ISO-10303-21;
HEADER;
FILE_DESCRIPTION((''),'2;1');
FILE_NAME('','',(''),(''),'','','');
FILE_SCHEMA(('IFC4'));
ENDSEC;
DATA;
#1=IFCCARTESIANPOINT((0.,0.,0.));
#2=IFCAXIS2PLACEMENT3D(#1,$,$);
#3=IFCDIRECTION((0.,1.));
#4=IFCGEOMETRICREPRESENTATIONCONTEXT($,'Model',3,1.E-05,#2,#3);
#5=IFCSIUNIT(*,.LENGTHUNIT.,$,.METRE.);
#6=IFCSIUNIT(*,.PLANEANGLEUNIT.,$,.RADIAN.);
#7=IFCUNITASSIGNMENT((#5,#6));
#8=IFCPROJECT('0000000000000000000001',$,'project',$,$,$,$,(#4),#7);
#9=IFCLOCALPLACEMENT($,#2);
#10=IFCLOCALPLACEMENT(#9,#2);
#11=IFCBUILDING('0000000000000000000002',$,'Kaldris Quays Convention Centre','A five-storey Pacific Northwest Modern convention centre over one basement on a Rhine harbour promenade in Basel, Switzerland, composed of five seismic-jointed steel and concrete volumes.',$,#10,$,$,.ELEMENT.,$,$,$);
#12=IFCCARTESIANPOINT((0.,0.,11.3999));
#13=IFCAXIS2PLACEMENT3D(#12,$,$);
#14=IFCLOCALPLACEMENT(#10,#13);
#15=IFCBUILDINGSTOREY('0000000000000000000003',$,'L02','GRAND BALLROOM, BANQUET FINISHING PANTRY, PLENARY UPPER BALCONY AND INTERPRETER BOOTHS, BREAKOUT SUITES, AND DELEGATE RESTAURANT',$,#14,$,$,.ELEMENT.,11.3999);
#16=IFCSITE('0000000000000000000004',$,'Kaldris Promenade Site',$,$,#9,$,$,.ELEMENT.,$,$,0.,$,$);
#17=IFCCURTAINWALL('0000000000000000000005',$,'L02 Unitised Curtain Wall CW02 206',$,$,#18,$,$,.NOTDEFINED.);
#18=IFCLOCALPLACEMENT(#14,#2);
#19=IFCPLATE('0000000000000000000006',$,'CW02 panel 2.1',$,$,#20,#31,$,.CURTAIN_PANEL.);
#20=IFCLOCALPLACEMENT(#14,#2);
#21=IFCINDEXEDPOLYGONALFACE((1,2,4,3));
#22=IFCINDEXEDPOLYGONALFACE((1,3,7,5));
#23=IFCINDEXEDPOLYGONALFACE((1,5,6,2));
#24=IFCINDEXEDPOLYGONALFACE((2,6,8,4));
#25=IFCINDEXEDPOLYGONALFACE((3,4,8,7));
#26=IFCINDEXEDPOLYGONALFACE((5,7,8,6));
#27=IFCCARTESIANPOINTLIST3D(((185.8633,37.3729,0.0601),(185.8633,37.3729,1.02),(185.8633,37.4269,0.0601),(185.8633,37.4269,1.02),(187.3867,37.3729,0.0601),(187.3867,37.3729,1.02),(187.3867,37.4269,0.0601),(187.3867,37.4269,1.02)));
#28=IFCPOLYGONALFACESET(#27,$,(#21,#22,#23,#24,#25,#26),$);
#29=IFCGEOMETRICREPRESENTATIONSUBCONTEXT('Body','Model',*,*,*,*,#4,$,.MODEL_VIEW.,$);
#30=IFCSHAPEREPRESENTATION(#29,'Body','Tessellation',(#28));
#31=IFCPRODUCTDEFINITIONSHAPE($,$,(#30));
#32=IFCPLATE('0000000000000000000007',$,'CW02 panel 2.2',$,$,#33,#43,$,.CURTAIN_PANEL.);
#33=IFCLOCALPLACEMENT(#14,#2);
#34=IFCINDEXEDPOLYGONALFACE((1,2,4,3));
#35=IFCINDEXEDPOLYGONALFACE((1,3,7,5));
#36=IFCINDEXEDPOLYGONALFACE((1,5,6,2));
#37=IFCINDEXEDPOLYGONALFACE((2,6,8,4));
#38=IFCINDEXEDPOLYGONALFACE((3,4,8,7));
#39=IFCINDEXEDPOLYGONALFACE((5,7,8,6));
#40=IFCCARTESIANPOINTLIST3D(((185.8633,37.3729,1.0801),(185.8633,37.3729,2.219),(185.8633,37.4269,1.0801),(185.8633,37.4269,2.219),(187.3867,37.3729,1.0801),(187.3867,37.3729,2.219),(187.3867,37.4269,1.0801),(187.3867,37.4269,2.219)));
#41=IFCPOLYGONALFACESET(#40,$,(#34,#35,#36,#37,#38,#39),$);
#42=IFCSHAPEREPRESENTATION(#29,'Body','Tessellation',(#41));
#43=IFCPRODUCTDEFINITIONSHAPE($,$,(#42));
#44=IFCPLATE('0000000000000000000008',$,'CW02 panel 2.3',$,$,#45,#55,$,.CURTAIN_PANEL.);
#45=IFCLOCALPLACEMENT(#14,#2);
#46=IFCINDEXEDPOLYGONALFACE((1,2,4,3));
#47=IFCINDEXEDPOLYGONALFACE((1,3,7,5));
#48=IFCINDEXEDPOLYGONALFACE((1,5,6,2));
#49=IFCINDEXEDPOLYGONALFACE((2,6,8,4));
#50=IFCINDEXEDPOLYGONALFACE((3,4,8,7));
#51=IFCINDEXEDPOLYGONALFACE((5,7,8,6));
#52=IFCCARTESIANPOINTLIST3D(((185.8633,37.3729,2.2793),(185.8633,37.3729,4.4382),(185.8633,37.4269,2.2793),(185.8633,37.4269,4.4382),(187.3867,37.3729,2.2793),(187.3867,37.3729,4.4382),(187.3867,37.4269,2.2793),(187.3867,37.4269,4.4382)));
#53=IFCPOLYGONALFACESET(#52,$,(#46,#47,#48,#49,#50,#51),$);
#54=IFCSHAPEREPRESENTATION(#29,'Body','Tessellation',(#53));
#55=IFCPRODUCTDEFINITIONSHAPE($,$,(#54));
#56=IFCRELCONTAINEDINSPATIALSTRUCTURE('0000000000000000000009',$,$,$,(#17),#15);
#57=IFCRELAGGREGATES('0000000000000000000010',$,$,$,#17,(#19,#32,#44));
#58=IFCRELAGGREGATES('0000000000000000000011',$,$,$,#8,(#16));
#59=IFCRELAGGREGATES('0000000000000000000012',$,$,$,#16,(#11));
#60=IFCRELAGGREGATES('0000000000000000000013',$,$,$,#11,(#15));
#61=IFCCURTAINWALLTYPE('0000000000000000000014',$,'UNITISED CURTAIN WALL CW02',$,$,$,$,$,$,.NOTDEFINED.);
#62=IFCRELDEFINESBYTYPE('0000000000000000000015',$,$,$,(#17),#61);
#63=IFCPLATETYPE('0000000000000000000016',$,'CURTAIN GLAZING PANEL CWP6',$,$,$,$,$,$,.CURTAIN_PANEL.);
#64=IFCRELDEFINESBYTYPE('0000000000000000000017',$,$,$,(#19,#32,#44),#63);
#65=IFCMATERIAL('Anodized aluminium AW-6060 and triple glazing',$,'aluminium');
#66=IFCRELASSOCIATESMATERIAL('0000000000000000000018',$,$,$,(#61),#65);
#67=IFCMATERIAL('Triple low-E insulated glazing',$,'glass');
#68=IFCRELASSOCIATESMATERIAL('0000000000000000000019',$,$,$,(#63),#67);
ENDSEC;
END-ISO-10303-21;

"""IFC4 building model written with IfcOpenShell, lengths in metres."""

from ifc_helpers import new_model, si_unit, direction, frame, origin, origin_2d, place, context, subcontext, project, spatial, rectangle, extrude, material, type_object, element, aggregate, save


model = new_model("IFC4")

# Units and contexts
model_context = context("Model", 3, precision=1e-05, world=origin(), true_north=direction((0.0, 1.0)))
body_context = subcontext(model_context, "Body", "Model", "MODEL_VIEW")
ifc_project = project(units=[si_unit("LENGTHUNIT", "METRE"), si_unit("PLANEANGLEUNIT", "RADIAN")], contexts=[model_context])

# Site, building, storey
site_placement = place(None, origin())
site = spatial("IfcSite", under=ifc_project, at=site_placement, Name="Kaldris Promenade Site", CompositionType="ELEMENT", RefElevation=0.0)
building_placement = place(site_placement, origin())
building = spatial("IfcBuilding", under=site, at=building_placement, Name="Kaldris Quays Convention Centre", Description="A five-storey Pacific Northwest Modern convention centre over one basement on a Rhine harbour promenade in Basel, Switzerland, composed of five seismic-jointed steel and concrete volumes.", CompositionType="ELEMENT")
storey_placement = place(building_placement, frame((0.0, 0.0, 11.3999)))
storey = spatial("IfcBuildingStorey", under=building, at=storey_placement, Name="L02", Description="GRAND BALLROOM, BANQUET FINISHING PANTRY, PLENARY UPPER BALCONY AND INTERPRETER BOOTHS, BREAKOUT SUITES, AND DELEGATE RESTAURANT", CompositionType="ELEMENT", Elevation=11.3999)

# Curtain wall
ifc_material_1 = material(Name="Anodized aluminium AW-6060 and triple glazing", Category="aluminium")
curtain_wall_type = type_object("IfcCurtainWallType", Name="UNITISED CURTAIN WALL CW02", PredefinedType="NOTDEFINED", material=ifc_material_1)
curtain_wall_1_placement = place(storey_placement, origin())
curtain_wall_1 = element("IfcCurtainWall", 1, at=curtain_wall_1_placement, inside=storey, type_object=curtain_wall_type, Name="L02 Unitised Curtain Wall CW02 206", PredefinedType="NOTDEFINED")

# Plates
ifc_material_2 = material(Name="Triple low-E insulated glazing", Category="glass")
plate_type_1 = type_object("IfcPlateType", Name="CURTAIN GLAZING PANEL CWP6", PredefinedType="CURTAIN_PANEL", material=ifc_material_2)
plate_1_placement = place(storey_placement, frame((186.625, 37.3999, 0.0601), z_axis=(0.0, 0.0, 1.0), x_axis=(1.0, 0.0, 0.0)))
plate_1 = element("IfcPlate", 2, at=plate_1_placement, type_object=plate_type_1, Name="CW02 panel 2.1", PredefinedType="CURTAIN_PANEL", context=body_context, shape_type="SweptSolid", body=[
    extrude(rectangle(XDim=1.5234, YDim=0.054, at=origin_2d()), origin(), (0.0, 0.0, 1.0), 0.96),
])
plate_2_placement = place(storey_placement, frame((186.625, 37.3999, 1.0801), z_axis=(0.0, 0.0, 1.0), x_axis=(1.0, 0.0, 0.0)))
plate_2 = element("IfcPlate", 3, at=plate_2_placement, type_object=plate_type_1, Name="CW02 panel 2.2", PredefinedType="CURTAIN_PANEL", context=body_context, shape_type="SweptSolid", body=[
    extrude(rectangle(XDim=1.5234, YDim=0.054, at=origin_2d()), origin(), (0.0, 0.0, 1.0), 1.1389),
])
plate_3_placement = place(storey_placement, frame((186.625, 37.3999, 2.2793), z_axis=(0.0, 0.0, 1.0), x_axis=(1.0, 0.0, 0.0)))
plate_3 = element("IfcPlate", 4, at=plate_3_placement, type_object=plate_type_1, Name="CW02 panel 2.3", PredefinedType="CURTAIN_PANEL", context=body_context, shape_type="SweptSolid", body=[
    extrude(rectangle(XDim=1.5234, YDim=0.054, at=origin_2d()), origin(), (0.0, 0.0, 1.0), 2.1589),
])
aggregate(curtain_wall_1, [plate_1, plate_2, plate_3])

save(model, "model.ifc")
